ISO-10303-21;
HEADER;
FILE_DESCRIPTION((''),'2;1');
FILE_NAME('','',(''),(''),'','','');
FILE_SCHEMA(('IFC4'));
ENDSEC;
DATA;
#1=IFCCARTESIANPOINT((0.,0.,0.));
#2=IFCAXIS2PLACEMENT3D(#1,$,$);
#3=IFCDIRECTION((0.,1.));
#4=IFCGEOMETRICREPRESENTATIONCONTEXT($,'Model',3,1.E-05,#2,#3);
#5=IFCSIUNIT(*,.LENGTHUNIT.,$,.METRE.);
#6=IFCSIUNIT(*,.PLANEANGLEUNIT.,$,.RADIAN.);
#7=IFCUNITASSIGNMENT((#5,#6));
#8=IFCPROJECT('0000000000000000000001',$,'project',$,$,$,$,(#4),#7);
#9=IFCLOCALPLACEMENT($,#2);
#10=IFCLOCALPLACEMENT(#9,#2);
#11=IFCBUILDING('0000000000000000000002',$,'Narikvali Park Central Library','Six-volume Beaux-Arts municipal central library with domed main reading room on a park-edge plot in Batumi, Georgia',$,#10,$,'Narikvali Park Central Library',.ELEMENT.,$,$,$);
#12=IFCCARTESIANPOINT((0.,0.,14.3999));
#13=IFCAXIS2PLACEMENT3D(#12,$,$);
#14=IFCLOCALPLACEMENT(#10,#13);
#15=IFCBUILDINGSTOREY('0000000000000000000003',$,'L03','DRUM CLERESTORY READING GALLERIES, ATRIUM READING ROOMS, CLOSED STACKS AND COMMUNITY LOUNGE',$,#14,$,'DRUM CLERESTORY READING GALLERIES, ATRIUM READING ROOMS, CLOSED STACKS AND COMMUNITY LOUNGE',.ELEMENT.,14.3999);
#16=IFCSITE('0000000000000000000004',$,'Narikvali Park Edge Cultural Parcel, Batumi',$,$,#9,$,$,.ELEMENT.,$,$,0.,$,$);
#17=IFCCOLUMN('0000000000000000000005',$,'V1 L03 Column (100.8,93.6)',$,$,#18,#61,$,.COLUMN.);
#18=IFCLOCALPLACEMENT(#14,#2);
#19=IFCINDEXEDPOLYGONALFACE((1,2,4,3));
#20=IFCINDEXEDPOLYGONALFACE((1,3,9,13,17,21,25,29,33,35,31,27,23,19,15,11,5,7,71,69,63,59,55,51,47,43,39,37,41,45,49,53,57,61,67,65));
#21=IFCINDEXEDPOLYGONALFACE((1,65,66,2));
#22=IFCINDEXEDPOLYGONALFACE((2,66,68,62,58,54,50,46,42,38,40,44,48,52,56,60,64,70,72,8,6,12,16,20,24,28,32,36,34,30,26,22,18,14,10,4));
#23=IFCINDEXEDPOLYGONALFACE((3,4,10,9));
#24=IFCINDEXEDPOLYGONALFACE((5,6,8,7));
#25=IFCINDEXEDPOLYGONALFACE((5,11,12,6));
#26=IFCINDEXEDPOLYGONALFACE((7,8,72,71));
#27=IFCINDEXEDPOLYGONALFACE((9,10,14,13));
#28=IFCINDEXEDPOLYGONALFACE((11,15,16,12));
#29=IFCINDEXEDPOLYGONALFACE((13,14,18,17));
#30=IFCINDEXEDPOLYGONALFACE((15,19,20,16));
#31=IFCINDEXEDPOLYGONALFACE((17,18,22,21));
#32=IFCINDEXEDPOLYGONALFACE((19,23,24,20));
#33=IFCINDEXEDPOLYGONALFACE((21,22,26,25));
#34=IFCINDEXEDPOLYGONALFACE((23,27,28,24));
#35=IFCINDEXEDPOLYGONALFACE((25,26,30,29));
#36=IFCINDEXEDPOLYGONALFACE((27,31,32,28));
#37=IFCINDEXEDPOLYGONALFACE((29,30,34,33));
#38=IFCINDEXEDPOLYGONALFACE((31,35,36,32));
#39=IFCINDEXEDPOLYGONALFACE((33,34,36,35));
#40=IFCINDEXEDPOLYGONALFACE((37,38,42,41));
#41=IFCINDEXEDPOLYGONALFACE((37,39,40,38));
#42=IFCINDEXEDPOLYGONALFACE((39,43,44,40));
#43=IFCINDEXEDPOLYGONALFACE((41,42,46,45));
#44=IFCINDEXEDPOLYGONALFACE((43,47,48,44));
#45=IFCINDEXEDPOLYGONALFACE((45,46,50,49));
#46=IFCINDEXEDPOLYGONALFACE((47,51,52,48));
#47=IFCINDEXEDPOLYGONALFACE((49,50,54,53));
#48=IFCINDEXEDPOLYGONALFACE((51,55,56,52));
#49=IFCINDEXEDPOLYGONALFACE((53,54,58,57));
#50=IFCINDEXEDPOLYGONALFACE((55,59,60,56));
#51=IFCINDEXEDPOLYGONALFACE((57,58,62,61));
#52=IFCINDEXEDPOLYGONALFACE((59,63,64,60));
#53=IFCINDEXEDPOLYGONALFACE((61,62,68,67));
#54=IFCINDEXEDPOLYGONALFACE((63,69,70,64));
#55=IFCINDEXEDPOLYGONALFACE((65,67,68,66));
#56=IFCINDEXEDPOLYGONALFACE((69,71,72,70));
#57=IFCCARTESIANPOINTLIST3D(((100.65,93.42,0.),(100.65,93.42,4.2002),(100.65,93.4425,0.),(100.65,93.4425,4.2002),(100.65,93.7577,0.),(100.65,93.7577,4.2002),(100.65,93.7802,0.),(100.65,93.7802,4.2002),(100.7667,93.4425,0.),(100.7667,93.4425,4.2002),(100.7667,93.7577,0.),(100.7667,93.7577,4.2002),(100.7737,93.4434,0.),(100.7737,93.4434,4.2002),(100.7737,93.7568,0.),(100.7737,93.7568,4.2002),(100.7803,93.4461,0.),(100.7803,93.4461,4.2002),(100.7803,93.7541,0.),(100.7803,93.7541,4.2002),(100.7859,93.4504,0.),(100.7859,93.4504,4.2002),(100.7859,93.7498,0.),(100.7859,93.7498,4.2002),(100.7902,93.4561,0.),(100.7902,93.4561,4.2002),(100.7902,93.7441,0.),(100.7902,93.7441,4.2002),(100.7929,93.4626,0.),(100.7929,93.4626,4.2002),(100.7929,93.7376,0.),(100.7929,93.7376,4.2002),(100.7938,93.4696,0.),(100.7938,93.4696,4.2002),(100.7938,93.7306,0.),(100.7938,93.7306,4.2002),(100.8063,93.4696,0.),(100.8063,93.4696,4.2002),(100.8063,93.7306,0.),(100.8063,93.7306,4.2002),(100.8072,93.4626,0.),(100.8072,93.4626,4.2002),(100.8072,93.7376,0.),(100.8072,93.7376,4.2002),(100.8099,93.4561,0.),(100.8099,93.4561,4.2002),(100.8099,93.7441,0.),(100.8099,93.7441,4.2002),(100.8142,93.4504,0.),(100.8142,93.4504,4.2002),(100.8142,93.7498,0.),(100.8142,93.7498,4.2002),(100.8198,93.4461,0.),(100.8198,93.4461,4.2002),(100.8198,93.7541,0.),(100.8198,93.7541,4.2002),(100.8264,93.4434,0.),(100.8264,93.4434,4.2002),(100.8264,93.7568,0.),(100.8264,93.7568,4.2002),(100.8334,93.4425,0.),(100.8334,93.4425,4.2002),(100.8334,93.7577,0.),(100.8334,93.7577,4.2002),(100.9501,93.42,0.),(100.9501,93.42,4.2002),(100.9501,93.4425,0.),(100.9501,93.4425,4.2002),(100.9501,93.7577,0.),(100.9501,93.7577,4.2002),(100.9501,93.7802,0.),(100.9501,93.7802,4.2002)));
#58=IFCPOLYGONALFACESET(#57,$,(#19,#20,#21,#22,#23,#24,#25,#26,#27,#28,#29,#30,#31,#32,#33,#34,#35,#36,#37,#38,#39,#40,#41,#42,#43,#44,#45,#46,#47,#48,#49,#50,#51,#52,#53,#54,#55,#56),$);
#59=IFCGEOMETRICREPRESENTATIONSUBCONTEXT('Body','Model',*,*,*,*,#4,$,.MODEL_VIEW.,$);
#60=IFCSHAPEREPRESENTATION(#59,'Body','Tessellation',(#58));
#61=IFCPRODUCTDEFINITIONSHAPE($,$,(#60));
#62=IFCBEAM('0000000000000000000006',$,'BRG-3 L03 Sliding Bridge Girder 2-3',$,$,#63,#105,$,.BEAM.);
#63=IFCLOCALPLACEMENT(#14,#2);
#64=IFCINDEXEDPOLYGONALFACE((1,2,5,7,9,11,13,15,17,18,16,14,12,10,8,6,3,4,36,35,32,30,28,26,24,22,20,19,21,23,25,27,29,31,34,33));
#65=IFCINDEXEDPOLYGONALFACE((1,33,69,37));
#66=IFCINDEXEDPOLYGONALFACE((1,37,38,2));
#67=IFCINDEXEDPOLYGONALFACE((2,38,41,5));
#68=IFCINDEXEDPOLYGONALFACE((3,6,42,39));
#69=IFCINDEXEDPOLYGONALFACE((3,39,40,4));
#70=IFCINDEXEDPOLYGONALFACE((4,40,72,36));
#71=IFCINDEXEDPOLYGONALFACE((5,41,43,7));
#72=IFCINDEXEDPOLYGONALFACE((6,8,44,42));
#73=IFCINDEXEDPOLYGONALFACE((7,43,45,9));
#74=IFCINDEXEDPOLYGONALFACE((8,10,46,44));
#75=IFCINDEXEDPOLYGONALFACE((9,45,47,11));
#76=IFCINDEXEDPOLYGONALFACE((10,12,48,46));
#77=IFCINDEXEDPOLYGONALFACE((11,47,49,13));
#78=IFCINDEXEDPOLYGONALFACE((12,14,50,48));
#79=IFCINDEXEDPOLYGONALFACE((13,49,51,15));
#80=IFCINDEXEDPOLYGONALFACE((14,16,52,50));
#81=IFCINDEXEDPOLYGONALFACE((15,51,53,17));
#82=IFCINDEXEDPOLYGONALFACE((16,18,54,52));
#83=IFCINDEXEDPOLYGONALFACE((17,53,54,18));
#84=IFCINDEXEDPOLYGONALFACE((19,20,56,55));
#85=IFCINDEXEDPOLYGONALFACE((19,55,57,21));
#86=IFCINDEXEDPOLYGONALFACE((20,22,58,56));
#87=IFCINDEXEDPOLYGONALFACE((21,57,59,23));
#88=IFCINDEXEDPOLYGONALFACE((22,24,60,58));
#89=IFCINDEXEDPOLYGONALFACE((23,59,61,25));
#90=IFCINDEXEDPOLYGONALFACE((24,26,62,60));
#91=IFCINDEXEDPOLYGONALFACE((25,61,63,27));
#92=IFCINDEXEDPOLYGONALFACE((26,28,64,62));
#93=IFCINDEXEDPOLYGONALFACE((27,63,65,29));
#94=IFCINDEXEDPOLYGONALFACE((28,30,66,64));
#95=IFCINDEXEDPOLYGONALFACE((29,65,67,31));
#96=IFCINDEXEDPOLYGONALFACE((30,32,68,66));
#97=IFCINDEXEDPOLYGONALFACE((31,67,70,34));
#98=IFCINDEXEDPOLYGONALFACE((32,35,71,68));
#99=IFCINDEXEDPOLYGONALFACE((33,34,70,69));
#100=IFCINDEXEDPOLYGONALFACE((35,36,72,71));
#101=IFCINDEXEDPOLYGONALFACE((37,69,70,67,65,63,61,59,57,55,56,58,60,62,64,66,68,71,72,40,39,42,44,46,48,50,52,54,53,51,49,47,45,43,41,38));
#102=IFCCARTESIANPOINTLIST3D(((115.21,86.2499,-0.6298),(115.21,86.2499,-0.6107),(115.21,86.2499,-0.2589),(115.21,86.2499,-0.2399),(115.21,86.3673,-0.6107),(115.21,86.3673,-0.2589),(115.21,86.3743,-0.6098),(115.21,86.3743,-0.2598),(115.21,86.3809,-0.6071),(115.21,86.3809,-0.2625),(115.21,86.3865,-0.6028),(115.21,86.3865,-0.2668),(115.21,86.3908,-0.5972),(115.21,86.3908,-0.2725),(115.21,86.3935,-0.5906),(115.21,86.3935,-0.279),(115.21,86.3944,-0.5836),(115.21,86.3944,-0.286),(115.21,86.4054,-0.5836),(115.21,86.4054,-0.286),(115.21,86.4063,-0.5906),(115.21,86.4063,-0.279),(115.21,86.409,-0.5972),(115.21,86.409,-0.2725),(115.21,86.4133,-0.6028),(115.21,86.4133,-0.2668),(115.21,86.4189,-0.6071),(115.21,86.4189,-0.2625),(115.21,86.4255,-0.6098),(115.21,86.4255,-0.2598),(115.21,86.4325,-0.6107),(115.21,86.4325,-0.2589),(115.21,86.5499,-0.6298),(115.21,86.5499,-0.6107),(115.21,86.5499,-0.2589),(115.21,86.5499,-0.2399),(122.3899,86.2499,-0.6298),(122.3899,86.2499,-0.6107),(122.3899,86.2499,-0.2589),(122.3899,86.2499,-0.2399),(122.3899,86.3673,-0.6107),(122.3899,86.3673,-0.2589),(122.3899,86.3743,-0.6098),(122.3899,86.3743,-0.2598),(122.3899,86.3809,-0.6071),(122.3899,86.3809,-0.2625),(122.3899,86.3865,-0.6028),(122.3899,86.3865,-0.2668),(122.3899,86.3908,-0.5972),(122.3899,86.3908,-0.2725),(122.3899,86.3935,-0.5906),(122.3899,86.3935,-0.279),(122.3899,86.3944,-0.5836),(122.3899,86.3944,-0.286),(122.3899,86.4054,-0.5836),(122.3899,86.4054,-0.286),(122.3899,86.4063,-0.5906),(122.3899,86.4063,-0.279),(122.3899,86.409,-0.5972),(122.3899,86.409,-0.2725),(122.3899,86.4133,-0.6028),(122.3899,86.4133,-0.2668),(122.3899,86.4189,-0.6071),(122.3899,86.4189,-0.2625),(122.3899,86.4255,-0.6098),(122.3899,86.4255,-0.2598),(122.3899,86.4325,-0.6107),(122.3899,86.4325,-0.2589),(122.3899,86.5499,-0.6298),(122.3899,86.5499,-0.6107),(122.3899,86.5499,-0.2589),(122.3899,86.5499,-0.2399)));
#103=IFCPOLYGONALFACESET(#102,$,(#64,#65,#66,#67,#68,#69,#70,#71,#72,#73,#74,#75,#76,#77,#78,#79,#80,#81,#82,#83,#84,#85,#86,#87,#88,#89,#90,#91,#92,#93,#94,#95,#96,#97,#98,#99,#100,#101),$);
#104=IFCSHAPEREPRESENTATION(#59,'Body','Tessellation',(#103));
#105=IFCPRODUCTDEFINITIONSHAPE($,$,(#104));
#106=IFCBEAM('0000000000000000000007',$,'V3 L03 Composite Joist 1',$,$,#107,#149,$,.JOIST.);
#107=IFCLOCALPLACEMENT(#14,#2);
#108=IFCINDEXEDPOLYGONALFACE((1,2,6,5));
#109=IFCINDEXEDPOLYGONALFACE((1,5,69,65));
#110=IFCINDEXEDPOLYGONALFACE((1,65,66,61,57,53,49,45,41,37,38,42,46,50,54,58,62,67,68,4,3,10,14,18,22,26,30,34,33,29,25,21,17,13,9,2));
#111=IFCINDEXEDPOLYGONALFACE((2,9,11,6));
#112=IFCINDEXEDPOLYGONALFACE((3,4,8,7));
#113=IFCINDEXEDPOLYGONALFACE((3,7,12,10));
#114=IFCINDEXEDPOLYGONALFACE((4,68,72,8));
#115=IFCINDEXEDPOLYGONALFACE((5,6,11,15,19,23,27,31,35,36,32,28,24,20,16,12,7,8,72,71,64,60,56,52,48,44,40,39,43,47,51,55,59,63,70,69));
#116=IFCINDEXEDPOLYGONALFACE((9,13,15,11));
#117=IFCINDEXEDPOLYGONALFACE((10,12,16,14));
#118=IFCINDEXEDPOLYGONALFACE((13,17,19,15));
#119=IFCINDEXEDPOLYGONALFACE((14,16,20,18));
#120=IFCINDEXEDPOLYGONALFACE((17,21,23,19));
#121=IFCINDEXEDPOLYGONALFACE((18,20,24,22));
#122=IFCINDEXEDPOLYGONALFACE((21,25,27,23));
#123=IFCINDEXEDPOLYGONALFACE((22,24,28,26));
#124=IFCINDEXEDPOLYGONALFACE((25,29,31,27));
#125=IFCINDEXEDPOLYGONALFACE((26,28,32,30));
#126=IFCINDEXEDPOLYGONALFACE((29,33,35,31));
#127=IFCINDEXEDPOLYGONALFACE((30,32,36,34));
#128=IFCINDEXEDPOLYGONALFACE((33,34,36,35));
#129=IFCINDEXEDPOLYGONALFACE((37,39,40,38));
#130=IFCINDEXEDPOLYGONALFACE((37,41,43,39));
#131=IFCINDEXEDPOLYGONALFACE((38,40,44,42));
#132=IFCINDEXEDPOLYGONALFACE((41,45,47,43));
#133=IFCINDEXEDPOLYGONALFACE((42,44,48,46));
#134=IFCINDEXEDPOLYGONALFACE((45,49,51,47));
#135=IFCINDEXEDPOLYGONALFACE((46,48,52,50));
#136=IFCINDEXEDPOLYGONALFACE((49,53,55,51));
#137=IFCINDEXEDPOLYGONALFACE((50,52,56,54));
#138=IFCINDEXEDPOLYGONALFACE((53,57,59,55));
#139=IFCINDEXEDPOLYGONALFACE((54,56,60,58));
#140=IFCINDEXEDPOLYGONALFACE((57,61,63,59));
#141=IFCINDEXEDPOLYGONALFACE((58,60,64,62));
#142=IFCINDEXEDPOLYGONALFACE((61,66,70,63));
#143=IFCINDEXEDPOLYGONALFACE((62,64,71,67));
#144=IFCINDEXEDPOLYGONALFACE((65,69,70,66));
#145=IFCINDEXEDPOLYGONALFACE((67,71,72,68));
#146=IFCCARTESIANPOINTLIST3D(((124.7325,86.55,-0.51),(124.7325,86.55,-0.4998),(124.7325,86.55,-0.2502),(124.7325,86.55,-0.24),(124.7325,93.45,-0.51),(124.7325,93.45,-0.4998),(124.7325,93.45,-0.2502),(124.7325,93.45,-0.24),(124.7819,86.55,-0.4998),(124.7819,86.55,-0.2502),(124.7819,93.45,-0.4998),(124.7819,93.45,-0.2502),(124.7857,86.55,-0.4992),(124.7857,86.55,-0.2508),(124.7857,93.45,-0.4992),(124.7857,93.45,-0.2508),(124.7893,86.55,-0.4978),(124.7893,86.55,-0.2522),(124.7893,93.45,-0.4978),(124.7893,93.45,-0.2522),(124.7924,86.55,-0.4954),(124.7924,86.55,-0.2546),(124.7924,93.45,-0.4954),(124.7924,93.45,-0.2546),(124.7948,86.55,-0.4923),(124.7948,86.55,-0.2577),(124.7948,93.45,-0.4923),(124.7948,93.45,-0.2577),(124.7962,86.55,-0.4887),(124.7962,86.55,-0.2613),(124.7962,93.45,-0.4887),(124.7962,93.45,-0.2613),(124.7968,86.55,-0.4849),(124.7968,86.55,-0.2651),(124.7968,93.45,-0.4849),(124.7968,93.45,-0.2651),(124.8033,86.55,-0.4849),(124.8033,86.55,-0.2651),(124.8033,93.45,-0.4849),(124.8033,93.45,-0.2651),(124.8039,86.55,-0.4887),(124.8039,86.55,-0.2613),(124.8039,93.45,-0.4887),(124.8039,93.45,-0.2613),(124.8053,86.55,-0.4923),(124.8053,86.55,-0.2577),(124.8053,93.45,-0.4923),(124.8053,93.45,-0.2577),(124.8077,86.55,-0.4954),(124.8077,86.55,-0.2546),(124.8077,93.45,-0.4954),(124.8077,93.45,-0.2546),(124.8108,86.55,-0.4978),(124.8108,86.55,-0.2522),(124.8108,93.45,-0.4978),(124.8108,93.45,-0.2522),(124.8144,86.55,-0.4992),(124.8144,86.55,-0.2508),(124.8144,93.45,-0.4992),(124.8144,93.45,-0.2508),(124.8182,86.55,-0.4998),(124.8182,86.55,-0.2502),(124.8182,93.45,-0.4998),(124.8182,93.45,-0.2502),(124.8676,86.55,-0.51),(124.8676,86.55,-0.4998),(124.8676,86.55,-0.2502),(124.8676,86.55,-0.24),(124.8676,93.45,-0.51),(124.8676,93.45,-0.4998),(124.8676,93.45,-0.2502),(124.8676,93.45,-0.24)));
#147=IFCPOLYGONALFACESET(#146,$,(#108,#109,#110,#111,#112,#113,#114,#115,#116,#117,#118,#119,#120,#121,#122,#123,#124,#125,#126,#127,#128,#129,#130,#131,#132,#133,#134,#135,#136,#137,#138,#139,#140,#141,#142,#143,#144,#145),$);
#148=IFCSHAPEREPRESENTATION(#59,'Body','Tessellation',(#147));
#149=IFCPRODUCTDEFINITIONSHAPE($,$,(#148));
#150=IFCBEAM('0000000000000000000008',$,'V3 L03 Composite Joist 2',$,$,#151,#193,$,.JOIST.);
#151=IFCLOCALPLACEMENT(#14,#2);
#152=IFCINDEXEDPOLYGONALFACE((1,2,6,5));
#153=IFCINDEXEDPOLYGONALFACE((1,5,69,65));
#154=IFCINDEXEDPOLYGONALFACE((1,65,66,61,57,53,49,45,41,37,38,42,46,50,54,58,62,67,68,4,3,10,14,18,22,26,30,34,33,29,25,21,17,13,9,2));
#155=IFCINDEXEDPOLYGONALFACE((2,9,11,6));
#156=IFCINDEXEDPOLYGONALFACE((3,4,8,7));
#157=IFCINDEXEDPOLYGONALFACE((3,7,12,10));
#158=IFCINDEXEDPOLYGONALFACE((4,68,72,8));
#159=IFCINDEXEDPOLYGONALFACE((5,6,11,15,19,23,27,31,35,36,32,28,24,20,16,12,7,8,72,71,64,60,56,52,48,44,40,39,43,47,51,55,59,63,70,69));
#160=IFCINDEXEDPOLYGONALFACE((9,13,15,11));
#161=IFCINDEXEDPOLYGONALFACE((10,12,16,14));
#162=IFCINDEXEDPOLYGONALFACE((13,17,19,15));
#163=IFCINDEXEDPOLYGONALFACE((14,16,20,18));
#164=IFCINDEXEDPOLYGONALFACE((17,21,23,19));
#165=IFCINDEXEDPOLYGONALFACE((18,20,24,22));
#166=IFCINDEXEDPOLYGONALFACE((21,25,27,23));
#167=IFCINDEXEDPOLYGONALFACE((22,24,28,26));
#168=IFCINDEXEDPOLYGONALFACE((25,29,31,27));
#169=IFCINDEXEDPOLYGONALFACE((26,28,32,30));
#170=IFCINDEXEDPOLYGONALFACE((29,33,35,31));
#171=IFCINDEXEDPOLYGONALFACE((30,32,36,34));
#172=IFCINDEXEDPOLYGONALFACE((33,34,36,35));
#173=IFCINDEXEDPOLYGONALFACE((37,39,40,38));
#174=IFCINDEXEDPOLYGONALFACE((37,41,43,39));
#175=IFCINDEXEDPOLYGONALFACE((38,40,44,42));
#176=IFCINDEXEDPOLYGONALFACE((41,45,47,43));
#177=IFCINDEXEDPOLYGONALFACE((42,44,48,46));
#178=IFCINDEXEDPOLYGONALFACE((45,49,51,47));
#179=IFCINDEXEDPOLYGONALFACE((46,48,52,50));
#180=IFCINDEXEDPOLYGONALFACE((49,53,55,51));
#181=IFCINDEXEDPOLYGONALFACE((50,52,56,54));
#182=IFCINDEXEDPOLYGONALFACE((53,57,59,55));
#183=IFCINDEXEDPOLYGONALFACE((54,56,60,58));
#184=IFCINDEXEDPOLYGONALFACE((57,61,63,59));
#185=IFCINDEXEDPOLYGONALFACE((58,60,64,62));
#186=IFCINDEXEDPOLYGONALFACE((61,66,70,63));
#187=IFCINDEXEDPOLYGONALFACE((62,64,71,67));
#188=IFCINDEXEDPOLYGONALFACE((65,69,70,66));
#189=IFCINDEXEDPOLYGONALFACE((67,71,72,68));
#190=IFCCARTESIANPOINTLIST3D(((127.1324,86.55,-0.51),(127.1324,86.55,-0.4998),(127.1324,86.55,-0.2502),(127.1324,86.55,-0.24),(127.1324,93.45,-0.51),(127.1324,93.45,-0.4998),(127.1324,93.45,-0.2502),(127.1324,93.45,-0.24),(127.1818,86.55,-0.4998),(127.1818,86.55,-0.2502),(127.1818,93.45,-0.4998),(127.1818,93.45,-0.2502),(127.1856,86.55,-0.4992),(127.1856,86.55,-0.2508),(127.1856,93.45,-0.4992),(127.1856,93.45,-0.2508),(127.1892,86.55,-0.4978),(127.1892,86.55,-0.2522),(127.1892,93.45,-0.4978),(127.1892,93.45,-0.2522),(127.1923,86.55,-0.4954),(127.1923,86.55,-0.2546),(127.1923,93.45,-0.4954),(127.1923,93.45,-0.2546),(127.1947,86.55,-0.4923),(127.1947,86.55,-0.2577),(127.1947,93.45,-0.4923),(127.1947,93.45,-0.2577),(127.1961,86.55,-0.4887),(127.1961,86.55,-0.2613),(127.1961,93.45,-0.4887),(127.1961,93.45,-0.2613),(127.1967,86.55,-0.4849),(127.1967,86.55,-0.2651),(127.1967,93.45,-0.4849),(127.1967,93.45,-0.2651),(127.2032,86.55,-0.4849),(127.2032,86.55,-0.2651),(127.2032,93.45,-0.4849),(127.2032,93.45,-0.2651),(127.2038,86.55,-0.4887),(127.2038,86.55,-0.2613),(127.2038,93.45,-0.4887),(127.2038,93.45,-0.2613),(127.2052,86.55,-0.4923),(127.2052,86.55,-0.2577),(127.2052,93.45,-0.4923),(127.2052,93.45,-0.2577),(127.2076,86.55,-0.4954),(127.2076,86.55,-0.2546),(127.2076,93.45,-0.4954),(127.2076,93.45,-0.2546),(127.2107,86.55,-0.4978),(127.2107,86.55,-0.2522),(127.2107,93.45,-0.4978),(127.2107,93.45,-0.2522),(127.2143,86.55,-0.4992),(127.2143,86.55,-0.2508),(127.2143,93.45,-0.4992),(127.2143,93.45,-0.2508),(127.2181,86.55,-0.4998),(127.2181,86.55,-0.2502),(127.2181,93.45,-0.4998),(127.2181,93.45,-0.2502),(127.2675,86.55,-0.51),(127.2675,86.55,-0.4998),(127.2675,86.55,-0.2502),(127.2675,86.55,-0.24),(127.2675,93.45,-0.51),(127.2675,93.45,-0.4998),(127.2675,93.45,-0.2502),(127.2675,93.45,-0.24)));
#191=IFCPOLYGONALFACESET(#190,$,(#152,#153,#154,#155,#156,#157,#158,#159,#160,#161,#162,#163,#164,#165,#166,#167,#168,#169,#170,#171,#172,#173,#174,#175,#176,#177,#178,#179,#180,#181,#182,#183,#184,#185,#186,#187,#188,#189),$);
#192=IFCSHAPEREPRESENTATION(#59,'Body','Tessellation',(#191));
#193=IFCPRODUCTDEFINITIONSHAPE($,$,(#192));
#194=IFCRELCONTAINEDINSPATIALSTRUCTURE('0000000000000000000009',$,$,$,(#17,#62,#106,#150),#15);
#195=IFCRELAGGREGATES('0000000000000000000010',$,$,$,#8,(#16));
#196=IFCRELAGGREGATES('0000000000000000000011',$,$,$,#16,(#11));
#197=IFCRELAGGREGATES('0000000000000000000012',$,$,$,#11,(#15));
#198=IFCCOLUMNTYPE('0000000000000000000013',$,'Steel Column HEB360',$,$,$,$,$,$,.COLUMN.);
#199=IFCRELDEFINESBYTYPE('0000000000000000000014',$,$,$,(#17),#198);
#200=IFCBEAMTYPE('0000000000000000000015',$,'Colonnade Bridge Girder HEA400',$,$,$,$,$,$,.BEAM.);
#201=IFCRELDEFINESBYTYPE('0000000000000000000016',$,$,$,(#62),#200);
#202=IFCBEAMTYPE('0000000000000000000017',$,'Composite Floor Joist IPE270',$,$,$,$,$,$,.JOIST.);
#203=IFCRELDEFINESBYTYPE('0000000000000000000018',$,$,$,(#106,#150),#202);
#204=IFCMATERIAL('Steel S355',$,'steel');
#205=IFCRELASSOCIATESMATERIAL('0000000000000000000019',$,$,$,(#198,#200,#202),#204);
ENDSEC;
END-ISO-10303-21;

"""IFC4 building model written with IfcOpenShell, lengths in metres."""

from ifc_helpers import new_model, si_unit, direction, frame, origin, origin_2d, place, context, subcontext, project, spatial, i_section, extrude, material, material_profile, profile_set, type_object, element, save


model = new_model("IFC4")

# Units and contexts
model_context = context("Model", 3, precision=1e-05, world=origin(), true_north=direction((0.0, 1.0)))
body_context = subcontext(model_context, "Body", "Model", "MODEL_VIEW")
ifc_project = project(units=[si_unit("LENGTHUNIT", "METRE"), si_unit("PLANEANGLEUNIT", "RADIAN")], contexts=[model_context])

# Site, building, storey
site_placement = place(None, origin())
site = spatial("IfcSite", under=ifc_project, at=site_placement, Name="Narikvali Park Edge Cultural Parcel, Batumi", CompositionType="ELEMENT", RefElevation=0.0)
building_placement = place(site_placement, origin())
building = spatial("IfcBuilding", under=site, at=building_placement, Name="Narikvali Park Central Library", Description="Six-volume Beaux-Arts municipal central library with domed main reading room on a park-edge plot in Batumi, Georgia", LongName="Narikvali Park Central Library", CompositionType="ELEMENT")
storey_placement = place(building_placement, frame((0.0, 0.0, 14.3999)))
storey = spatial("IfcBuildingStorey", under=building, at=storey_placement, Name="L03", Description="DRUM CLERESTORY READING GALLERIES, ATRIUM READING ROOMS, CLOSED STACKS AND COMMUNITY LOUNGE", LongName="DRUM CLERESTORY READING GALLERIES, ATRIUM READING ROOMS, CLOSED STACKS AND COMMUNITY LOUNGE", CompositionType="ELEMENT", Elevation=14.3999)

# Column
ifc_material_1 = material(Name="Steel S355", Category="steel")
ifc_material_profile_1 = material_profile(ifc_material_1, i_section(OverallWidth=0.3, OverallDepth=0.3601, WebThickness=0.0125, FlangeThickness=0.0225, FilletRadius=0.0271, at=origin_2d()), Name="HEB 360")
ifc_profile_set_1 = profile_set([ifc_material_profile_1], Name="Steel S355")
column_type = type_object("IfcColumnType", Name="Steel Column HEB360", PredefinedType="COLUMN", material=ifc_profile_set_1)
column_placement = place(storey_placement, frame((100.8, 93.6001, 0.0), z_axis=(0.0, 0.0, 1.0), x_axis=(1.0, 0.0, 0.0)))
element("IfcColumn", 1, at=column_placement, inside=storey, type_object=column_type, Name="V1 L03 Column (100.8,93.6)", PredefinedType="COLUMN", context=body_context, shape_type="SweptSolid", body=[
    extrude(i_section(OverallWidth=0.3, OverallDepth=0.3601, WebThickness=0.0125, FlangeThickness=0.0225, FilletRadius=0.0271, at=origin_2d()), origin(), (0.0, 0.0, 1.0), 4.2002),
])

# Beams
ifc_material_profile_2 = material_profile(ifc_material_1, i_section(OverallWidth=0.3, OverallDepth=0.3899, WebThickness=0.011, FlangeThickness=0.019, FilletRadius=0.0271, at=origin_2d()), Name="HEA 400")
ifc_profile_set_2 = profile_set([ifc_material_profile_2], Name="Steel S355")
beam_type_1 = type_object("IfcBeamType", Name="Colonnade Bridge Girder HEA400", PredefinedType="BEAM", material=ifc_profile_set_2)
beam_placement = place(storey_placement, frame((115.21, 86.3999, -0.4348), z_axis=(1.0, 0.0, 0.0), x_axis=(0.0, 1.0, 0.0)))
element("IfcBeam", 2, at=beam_placement, inside=storey, type_object=beam_type_1, Name="BRG-3 L03 Sliding Bridge Girder 2-3", PredefinedType="BEAM", context=body_context, shape_type="SweptSolid", body=[
    extrude(i_section(OverallWidth=0.3, OverallDepth=0.3899, WebThickness=0.011, FlangeThickness=0.019, FilletRadius=0.0271, at=origin_2d()), origin(), (0.0, 0.0, 1.0), 7.1799),
])
ifc_material_profile_3 = material_profile(ifc_material_1, i_section(OverallWidth=0.135, OverallDepth=0.27, WebThickness=0.0066, FlangeThickness=0.0103, FilletRadius=0.0149, at=origin_2d()), Name="IPE 270")
ifc_profile_set_3 = profile_set([ifc_material_profile_3], Name="Steel S355")
beam_type_2 = type_object("IfcBeamType", Name="Composite Floor Joist IPE270", PredefinedType="JOIST", material=ifc_profile_set_3)
for number, where, z_axis, x_axis, name in (
    (3, (124.8, 86.55, -0.375), (0.0, 1.0, 0.0), (-1.0, 0.0, 0.0), "V3 L03 Composite Joist 1"),
    (4, (127.2, 86.55, -0.375), (0.0, 1.0, 0.0), (-1.0, 0.0, 0.0), "V3 L03 Composite Joist 2"),
):
    element("IfcBeam", number, at=place(storey_placement, frame(where, z_axis=z_axis, x_axis=x_axis)), inside=storey, type_object=beam_type_2, Name=name, PredefinedType="JOIST", context=body_context, shape_type="SweptSolid", body=[
        extrude(i_section(OverallWidth=0.135, OverallDepth=0.27, WebThickness=0.0066, FlangeThickness=0.0103, FilletRadius=0.0149, at=origin_2d()), origin(), (0.0, 0.0, 1.0), 6.8999),
    ])

save(model, "model.ifc")
